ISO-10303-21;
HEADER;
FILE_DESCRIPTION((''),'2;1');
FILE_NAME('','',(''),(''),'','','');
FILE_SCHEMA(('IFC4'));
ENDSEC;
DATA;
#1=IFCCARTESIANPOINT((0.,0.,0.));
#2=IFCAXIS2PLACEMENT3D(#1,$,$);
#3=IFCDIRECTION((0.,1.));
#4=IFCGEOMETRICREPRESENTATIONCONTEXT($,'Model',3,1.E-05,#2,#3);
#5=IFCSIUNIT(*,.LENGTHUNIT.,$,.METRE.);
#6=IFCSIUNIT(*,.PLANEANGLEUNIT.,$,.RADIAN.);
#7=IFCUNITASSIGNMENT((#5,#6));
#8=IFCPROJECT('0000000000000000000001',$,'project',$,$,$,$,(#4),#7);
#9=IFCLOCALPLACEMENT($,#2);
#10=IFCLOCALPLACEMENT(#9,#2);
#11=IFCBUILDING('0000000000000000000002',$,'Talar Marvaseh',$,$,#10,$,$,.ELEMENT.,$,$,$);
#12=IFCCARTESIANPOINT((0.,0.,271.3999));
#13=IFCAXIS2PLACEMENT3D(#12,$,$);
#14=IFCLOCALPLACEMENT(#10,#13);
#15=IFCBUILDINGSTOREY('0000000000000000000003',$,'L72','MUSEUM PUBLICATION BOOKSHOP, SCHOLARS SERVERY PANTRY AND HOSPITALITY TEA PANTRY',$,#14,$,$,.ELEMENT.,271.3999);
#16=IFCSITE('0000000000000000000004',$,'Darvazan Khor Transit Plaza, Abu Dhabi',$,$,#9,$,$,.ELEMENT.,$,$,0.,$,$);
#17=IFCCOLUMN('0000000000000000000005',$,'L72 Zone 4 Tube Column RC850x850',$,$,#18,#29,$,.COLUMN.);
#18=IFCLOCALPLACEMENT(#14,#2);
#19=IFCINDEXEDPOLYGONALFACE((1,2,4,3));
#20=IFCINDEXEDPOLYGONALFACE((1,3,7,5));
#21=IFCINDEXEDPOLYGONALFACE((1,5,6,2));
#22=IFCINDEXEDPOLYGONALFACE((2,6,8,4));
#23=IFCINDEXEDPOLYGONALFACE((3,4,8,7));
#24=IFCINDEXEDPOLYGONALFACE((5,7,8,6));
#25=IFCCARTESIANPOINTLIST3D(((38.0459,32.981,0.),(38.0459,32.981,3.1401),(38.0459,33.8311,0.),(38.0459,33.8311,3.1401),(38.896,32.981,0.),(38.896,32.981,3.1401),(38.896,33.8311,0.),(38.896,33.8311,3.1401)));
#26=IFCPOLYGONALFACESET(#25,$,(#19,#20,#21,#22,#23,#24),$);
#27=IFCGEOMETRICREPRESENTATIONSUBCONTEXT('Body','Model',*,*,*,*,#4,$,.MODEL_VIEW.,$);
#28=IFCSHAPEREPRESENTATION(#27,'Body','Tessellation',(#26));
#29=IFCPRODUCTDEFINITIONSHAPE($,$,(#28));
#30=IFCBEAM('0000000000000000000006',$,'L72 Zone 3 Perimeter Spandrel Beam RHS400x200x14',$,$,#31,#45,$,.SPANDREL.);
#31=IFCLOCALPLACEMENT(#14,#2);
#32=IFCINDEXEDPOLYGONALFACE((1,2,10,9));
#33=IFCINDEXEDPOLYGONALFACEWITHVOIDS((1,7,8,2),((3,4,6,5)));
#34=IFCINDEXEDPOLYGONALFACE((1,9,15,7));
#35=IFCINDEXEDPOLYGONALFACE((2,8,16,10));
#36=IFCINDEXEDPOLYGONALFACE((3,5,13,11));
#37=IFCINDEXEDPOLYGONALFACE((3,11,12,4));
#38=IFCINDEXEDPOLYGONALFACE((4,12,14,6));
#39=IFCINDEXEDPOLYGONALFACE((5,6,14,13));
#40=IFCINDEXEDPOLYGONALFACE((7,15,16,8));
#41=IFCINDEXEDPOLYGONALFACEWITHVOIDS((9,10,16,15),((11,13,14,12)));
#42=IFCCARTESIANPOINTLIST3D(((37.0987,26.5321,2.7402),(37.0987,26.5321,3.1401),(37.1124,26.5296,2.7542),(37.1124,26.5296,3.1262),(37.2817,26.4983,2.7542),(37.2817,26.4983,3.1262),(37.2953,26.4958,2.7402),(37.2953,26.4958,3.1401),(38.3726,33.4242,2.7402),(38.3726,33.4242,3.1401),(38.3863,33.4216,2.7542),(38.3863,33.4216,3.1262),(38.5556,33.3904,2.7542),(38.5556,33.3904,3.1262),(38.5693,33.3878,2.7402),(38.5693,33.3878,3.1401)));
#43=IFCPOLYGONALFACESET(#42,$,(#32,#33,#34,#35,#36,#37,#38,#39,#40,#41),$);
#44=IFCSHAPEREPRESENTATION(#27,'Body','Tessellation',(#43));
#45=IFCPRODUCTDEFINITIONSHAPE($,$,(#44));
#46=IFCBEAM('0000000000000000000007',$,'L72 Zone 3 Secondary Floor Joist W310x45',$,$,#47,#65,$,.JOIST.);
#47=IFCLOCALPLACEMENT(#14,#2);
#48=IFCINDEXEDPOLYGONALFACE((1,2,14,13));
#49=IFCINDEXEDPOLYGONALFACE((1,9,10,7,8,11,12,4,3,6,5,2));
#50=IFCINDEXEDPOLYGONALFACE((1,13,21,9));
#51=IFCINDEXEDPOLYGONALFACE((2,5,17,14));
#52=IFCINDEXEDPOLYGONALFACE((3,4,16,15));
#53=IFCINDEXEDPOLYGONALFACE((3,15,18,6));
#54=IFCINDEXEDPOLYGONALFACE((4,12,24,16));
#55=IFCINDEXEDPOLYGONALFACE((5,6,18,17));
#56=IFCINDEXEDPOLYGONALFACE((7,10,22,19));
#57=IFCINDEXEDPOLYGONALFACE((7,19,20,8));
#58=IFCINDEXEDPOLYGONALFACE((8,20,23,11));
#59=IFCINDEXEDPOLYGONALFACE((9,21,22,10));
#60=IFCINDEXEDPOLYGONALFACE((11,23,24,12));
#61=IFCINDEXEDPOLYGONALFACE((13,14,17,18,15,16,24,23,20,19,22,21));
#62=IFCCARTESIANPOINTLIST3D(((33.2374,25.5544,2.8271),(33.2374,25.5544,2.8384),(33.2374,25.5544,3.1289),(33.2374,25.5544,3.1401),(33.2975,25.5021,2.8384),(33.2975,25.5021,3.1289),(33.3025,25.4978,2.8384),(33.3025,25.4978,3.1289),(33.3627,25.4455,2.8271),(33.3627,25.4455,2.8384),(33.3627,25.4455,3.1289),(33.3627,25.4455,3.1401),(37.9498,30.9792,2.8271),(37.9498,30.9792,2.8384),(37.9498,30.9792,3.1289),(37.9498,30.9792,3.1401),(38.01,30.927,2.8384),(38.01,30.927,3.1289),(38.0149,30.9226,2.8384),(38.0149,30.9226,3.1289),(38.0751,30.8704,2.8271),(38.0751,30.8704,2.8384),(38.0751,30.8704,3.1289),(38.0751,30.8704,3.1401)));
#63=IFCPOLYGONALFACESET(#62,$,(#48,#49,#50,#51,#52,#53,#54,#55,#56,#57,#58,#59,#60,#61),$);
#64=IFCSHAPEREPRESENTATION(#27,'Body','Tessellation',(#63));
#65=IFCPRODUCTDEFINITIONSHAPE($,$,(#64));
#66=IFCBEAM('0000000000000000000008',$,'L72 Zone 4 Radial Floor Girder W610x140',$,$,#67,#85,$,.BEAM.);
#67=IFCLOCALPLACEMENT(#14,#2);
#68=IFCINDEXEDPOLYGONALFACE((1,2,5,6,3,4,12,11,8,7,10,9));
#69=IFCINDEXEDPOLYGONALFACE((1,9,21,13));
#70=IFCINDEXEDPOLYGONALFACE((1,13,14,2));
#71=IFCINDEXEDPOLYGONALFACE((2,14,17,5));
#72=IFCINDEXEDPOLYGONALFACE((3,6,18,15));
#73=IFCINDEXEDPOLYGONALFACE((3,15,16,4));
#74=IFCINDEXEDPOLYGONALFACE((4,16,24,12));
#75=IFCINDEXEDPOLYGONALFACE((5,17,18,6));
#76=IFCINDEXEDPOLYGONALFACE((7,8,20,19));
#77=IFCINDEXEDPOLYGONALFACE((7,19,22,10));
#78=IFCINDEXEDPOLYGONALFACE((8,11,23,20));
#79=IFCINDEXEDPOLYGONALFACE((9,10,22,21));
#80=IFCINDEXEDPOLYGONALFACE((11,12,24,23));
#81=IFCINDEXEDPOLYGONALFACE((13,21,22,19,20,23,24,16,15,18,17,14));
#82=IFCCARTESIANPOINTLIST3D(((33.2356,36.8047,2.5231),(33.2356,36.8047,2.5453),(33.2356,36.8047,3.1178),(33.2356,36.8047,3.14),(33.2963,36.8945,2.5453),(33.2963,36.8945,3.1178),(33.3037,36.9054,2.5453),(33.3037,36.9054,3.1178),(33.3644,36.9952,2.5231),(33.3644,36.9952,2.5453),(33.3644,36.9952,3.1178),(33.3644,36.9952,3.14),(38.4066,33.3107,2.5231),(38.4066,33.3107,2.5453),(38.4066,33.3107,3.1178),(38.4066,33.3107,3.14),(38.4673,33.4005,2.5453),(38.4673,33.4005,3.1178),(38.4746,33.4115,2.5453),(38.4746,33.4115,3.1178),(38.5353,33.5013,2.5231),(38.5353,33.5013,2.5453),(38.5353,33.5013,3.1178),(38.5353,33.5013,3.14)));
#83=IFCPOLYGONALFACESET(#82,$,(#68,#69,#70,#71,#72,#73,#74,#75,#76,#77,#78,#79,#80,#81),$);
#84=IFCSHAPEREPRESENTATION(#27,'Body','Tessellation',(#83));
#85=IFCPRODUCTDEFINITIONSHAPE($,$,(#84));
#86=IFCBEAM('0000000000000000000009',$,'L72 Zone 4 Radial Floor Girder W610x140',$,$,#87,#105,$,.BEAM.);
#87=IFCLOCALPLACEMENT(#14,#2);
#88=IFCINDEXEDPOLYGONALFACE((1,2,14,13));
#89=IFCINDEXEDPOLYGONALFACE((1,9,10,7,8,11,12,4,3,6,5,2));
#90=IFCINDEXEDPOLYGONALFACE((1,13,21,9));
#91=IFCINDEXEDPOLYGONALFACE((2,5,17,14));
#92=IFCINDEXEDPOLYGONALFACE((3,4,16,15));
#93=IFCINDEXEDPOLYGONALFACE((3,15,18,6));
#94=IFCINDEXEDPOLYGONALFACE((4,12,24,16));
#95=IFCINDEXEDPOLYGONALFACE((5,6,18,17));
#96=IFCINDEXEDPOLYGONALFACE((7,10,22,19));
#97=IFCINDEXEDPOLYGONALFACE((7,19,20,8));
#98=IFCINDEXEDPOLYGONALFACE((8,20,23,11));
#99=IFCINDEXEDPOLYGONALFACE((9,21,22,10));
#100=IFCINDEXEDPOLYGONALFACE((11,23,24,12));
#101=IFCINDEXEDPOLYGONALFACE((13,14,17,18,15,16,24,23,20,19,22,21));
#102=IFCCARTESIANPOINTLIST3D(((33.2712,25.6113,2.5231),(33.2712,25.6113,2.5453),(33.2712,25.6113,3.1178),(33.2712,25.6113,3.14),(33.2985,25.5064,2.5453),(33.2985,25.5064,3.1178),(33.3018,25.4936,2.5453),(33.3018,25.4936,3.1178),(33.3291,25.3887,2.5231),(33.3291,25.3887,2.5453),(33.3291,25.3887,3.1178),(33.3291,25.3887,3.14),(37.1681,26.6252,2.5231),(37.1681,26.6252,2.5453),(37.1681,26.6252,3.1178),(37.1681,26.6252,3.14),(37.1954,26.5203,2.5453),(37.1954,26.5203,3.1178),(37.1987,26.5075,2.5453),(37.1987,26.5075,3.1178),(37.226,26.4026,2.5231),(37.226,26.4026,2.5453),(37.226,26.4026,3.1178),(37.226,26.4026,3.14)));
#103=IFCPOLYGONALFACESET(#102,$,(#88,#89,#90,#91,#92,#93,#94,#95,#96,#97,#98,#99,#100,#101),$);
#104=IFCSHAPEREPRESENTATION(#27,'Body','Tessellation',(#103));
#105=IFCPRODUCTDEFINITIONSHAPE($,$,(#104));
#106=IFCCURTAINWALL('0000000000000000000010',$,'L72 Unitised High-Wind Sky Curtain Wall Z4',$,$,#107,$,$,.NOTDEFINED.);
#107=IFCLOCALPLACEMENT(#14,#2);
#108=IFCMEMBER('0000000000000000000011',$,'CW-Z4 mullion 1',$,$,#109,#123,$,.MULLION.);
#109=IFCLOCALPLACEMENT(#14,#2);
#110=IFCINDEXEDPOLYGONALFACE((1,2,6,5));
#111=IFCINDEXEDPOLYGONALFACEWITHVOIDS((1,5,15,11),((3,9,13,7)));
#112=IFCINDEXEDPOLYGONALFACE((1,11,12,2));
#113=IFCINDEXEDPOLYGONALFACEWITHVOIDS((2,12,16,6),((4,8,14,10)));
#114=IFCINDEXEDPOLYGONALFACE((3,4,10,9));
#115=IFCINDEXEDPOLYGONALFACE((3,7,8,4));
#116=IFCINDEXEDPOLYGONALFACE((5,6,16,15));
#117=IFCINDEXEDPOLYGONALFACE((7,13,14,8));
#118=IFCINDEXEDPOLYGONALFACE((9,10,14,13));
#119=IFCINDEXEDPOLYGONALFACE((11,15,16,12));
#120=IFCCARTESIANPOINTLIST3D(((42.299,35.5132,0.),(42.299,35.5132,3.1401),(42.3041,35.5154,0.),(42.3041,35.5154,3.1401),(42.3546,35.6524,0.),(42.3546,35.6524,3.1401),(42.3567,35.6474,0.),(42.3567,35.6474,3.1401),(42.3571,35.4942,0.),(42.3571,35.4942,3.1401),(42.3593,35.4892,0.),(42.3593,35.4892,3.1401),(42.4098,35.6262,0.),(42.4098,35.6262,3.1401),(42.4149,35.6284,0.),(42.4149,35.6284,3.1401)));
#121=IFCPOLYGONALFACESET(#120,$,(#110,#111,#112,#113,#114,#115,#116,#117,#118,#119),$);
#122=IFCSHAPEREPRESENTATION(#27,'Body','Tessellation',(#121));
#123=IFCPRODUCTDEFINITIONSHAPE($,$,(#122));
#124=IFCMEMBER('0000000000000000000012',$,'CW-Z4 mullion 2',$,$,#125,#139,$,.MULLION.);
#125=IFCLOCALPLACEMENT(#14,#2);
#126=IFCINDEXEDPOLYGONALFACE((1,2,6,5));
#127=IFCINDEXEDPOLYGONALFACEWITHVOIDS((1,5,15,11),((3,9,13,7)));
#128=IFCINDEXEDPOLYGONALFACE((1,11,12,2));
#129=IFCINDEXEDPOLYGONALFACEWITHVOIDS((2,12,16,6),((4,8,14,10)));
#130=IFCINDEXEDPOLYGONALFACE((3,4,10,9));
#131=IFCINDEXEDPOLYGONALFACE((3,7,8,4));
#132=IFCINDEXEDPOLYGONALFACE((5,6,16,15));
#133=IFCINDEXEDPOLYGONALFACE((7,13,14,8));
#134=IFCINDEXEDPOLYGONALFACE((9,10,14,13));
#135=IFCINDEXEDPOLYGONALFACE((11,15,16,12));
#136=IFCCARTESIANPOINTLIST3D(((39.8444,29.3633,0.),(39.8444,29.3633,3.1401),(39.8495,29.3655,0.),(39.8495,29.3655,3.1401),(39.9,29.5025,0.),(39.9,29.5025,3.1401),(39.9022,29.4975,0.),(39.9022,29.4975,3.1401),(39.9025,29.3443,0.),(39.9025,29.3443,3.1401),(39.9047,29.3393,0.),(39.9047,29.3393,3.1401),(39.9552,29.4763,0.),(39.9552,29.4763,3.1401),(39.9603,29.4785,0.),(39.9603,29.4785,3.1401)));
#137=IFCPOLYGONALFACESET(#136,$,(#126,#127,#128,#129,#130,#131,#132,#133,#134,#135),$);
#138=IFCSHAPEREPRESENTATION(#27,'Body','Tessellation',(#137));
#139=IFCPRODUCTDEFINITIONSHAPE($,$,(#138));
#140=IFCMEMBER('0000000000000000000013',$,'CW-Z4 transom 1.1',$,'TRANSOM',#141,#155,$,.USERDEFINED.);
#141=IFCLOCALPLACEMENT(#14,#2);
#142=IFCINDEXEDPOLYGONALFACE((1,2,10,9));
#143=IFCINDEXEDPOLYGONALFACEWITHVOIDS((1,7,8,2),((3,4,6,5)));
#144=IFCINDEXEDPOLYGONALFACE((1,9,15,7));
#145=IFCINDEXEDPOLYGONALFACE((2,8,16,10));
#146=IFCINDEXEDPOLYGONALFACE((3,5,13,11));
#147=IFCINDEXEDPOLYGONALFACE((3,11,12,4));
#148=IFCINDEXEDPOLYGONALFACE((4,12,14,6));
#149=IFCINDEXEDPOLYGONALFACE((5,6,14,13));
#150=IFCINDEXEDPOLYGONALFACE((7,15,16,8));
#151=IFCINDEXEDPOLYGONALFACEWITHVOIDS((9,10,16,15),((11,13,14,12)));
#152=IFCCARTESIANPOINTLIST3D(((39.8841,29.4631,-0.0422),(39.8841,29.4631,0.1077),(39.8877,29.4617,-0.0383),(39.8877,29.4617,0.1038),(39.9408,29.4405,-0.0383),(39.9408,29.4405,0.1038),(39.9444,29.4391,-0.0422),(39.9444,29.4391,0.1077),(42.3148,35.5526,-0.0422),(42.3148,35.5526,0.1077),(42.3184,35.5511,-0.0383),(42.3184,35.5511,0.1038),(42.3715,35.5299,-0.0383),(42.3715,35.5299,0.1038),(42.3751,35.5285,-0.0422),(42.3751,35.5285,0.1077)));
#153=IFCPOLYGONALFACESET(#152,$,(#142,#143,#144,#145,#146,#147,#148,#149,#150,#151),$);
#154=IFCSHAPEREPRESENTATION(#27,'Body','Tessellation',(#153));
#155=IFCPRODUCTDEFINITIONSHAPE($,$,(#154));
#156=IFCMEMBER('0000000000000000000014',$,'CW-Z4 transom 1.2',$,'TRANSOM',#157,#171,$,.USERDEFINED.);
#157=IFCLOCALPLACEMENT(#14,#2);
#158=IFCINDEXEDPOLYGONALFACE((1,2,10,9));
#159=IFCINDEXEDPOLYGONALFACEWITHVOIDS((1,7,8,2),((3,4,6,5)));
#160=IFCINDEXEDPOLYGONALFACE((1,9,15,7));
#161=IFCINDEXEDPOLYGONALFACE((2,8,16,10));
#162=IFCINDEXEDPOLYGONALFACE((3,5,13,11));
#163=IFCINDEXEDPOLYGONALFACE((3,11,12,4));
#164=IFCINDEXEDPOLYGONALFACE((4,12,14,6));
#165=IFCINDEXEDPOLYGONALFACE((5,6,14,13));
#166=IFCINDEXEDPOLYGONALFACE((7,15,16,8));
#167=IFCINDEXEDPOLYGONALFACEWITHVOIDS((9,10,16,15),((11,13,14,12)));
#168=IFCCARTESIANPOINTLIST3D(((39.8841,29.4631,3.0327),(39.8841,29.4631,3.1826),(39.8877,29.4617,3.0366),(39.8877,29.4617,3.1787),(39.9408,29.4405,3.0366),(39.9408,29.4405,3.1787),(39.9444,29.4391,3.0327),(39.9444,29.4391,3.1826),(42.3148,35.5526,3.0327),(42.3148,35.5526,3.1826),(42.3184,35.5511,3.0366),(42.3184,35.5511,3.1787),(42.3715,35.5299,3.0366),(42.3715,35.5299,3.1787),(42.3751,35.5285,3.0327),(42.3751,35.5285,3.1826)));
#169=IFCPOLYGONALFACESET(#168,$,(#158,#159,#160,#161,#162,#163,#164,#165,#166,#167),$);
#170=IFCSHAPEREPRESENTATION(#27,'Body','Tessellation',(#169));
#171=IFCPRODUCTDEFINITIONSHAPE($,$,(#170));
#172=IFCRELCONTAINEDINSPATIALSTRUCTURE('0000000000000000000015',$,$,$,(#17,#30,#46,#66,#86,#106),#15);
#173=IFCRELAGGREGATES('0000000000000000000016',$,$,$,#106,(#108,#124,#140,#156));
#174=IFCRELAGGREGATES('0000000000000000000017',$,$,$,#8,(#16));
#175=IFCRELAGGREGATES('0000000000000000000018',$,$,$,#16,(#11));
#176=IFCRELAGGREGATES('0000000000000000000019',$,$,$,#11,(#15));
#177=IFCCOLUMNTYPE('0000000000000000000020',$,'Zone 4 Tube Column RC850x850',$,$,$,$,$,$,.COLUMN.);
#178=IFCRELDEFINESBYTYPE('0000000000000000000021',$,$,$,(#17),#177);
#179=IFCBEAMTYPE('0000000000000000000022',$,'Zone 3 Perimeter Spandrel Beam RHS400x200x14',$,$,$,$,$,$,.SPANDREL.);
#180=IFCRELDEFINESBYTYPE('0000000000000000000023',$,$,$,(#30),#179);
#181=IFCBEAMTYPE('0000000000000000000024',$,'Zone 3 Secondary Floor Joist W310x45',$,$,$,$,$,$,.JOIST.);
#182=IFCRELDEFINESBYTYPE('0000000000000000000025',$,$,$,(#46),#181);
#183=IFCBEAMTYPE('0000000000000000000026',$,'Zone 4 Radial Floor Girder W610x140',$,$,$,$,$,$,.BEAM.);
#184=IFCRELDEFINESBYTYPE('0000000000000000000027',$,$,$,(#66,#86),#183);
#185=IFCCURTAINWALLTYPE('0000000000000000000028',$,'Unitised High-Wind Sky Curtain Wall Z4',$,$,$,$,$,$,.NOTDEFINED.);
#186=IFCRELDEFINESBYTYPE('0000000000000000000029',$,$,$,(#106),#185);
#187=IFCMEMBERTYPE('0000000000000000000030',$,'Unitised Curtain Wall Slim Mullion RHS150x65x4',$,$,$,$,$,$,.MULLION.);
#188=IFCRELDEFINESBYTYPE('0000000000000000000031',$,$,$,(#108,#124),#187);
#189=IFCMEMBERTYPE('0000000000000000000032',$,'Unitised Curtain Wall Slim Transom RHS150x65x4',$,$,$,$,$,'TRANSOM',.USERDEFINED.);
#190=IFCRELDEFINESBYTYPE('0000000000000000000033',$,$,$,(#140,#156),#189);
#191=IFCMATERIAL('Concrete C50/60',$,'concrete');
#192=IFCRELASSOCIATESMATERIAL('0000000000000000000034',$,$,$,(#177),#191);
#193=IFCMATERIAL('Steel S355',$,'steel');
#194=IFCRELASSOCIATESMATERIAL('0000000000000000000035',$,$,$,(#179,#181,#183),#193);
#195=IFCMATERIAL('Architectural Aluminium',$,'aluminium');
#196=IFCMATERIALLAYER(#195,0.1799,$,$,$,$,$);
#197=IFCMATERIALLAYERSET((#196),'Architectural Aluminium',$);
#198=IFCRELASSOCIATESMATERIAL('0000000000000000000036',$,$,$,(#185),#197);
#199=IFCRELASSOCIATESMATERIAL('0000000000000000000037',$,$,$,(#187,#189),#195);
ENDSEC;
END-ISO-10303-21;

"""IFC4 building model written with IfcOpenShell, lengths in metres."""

from ifc_helpers import new_model, si_unit, direction, frame, origin, origin_2d, place, context, subcontext, project, spatial, rectangle, hollow_rectangle, i_section, extrude, source, transform, mapped, material, layer, layer_set, material_profile, profile_set, type_object, type_shapes, element, aggregate, save


model = new_model("IFC4")

# Units and contexts
model_context = context("Model", 3, precision=1e-05, world=origin(), true_north=direction((0.0, 1.0)))
body_context = subcontext(model_context, "Body", "Model", "MODEL_VIEW")
ifc_project = project(units=[si_unit("LENGTHUNIT", "METRE"), si_unit("PLANEANGLEUNIT", "RADIAN")], contexts=[model_context])

# Site, building, storey
site_placement = place(None, origin())
site = spatial("IfcSite", under=ifc_project, at=site_placement, Name="Darvazan Khor Transit Plaza, Abu Dhabi", CompositionType="ELEMENT", RefElevation=0.0)
building_placement = place(site_placement, origin())
building = spatial("IfcBuilding", under=site, at=building_placement, Name="Talar Marvaseh", CompositionType="ELEMENT")
storey_placement = place(building_placement, frame((0.0, 0.0, 271.3999)))
storey = spatial("IfcBuildingStorey", under=building, at=storey_placement, Name="L72", Description="MUSEUM PUBLICATION BOOKSHOP, SCHOLARS SERVERY PANTRY AND HOSPITALITY TEA PANTRY", CompositionType="ELEMENT", Elevation=271.3999)

# Column
ifc_material_1 = material(Name="Concrete C50/60", Category="concrete")
ifc_material_profile_1 = material_profile(ifc_material_1, rectangle(XDim=0.8501, YDim=0.8501, at=origin_2d()), Name="RC850x850")
ifc_profile_set_1 = profile_set([ifc_material_profile_1], Name="Concrete C50/60")
column_type = type_object("IfcColumnType", Name="Zone 4 Tube Column RC850x850", PredefinedType="COLUMN", material=ifc_profile_set_1)
column_placement = place(storey_placement, frame((38.4709, 33.406, 0.0), z_axis=(0.0, 0.0, 1.0), x_axis=(1.0, 0.0, 0.0)))
element("IfcColumn", 1, at=column_placement, inside=storey, type_object=column_type, Name="L72 Zone 4 Tube Column RC850x850", PredefinedType="COLUMN", context=body_context, shape_type="SweptSolid", body=[
    extrude(rectangle(XDim=0.8501, YDim=0.8501, at=origin_2d()), origin(), (0.0, 0.0, 1.0), 3.1401),
])

# Beams
ifc_material_2 = material(Name="Steel S355", Category="steel")
ifc_material_profile_2 = material_profile(ifc_material_2, hollow_rectangle(XDim=0.2, YDim=0.3999, WallThickness=0.0139, at=origin_2d()), Name="RHS400x200x14")
ifc_profile_set_2 = profile_set([ifc_material_profile_2], Name="Steel S355")
beam_type_1 = type_object("IfcBeamType", Name="Zone 3 Perimeter Spandrel Beam RHS400x200x14", PredefinedType="SPANDREL", material=ifc_profile_set_2)
beam_1_placement = place(storey_placement, frame((38.4709, 33.406, 2.9402), z_axis=(-0.18176, -0.983343, 0.0), x_axis=(0.983343, -0.18176, 0.0)))
element("IfcBeam", 2, at=beam_1_placement, inside=storey, type_object=beam_type_1, Name="L72 Zone 3 Perimeter Spandrel Beam RHS400x200x14", PredefinedType="SPANDREL", context=body_context, shape_type="SweptSolid", body=[
    extrude(hollow_rectangle(XDim=0.2, YDim=0.3999, WallThickness=0.0139, at=origin_2d()), origin(), (0.0, 0.0, 1.0), 7.0088),
])
ifc_material_profile_3 = material_profile(ifc_material_2, i_section(OverallWidth=0.166, OverallDepth=0.313, WebThickness=0.0066, FlangeThickness=0.0112, at=origin_2d()), Name="W310x45")
ifc_profile_set_3 = profile_set([ifc_material_profile_3], Name="Steel S355")
beam_type_2 = type_object("IfcBeamType", Name="Zone 3 Secondary Floor Joist W310x45", PredefinedType="JOIST", material=ifc_profile_set_3)
beam_2_placement = place(storey_placement, frame((38.0125, 30.9248, 2.9836), z_axis=(-0.655797, -0.754938, 0.0), x_axis=(0.754938, -0.655797, 0.0)))
element("IfcBeam", 3, at=beam_2_placement, inside=storey, type_object=beam_type_2, Name="L72 Zone 3 Secondary Floor Joist W310x45", PredefinedType="JOIST", context=body_context, shape_type="SweptSolid", body=[
    extrude(i_section(OverallWidth=0.166, OverallDepth=0.313, WebThickness=0.0066, FlangeThickness=0.0112, at=origin_2d()), origin(), (0.0, 0.0, 1.0), 7.1858),
])
ifc_material_profile_4 = material_profile(ifc_material_2, i_section(OverallWidth=0.23, OverallDepth=0.6169, WebThickness=0.0132, FlangeThickness=0.0222, at=origin_2d()), Name="W610x140")
ifc_profile_set_4 = profile_set([ifc_material_profile_4], Name="Steel S355")
beam_type_3 = type_object("IfcBeamType", Name="Zone 4 Radial Floor Girder W610x140", PredefinedType="BEAM", material=ifc_profile_set_4)
beam_3_placement = place(storey_placement, frame((38.4709, 33.406, 2.8315), z_axis=(-0.828586, 0.559862, 0.0), x_axis=(-0.559862, -0.828586, 0.0)))
element("IfcBeam", 4, at=beam_3_placement, inside=storey, type_object=beam_type_3, Name="L72 Zone 4 Radial Floor Girder W610x140", PredefinedType="BEAM", context=body_context, shape_type="SweptSolid", body=[
    extrude(i_section(OverallWidth=0.23, OverallDepth=0.6169, WebThickness=0.0132, FlangeThickness=0.0222, at=origin_2d()), origin(), (0.0, 0.0, 1.0), 6.2407),
])
beam_4_placement = place(storey_placement, frame((37.197, 26.5139, 2.8315), z_axis=(-0.96778, -0.251797, 0.0), x_axis=(0.251797, -0.96778, 0.0)))
element("IfcBeam", 5, at=beam_4_placement, inside=storey, type_object=beam_type_3, Name="L72 Zone 4 Radial Floor Girder W610x140", PredefinedType="BEAM", context=body_context, shape_type="SweptSolid", body=[
    extrude(i_section(OverallWidth=0.23, OverallDepth=0.6169, WebThickness=0.0132, FlangeThickness=0.0222, at=origin_2d()), origin(), (0.0, 0.0, 1.0), 4.0266),
])

# Curtain wall, members
ifc_material_3 = material(Name="Architectural Aluminium", Category="aluminium")
ifc_layer_1 = layer(ifc_material_3, 0.1799)
ifc_layer_set_1 = layer_set([ifc_layer_1], Name="Architectural Aluminium")
curtain_wall_type = type_object("IfcCurtainWallType", Name="Unitised High-Wind Sky Curtain Wall Z4", PredefinedType="NOTDEFINED", material=ifc_layer_set_1)
curtain_wall_placement = place(storey_placement, origin())
curtain_wall = element("IfcCurtainWall", 6, at=curtain_wall_placement, inside=storey, type_object=curtain_wall_type, Name="L72 Unitised High-Wind Sky Curtain Wall Z4", PredefinedType="NOTDEFINED")
ifc_material_profile_5 = material_profile(ifc_material_3, hollow_rectangle(XDim=0.0649, YDim=0.1499, WallThickness=0.0039, at=origin_2d()), Name="RHS150x65x4")
ifc_profile_set_5 = profile_set([ifc_material_profile_5], Name="Architectural Aluminium")
member_type_1 = type_object("IfcMemberType", Name="Unitised Curtain Wall Slim Mullion RHS150x65x4", PredefinedType="MULLION", material=ifc_profile_set_5)
shared_shape_1 = source(origin(), body_context, "Body", "SweptSolid", [
    extrude(hollow_rectangle(XDim=0.0649, YDim=0.1499, WallThickness=0.0039, at=origin_2d()), origin(), (0.0, 0.0, 1.0), 3.1401),
])
type_shapes(member_type_1, [shared_shape_1])
member_1_placement = place(storey_placement, frame((42.3569, 35.5708, 0.0), z_axis=(0.0, 0.0, 1.0), x_axis=(0.928754, -0.370697, 0.0)))
member_1 = element("IfcMember", 7, at=member_1_placement, type_object=member_type_1, Name="CW-Z4 mullion 1", PredefinedType="MULLION", context=body_context, shape_type="MappedRepresentation", body=[
    mapped(shared_shape_1, transform((0.0, 0.0, 0.0), x_axis=(1.0, 0.0, 0.0), y_axis=(0.0, 1.0, 0.0), z_axis=(0.0, 0.0, 1.0), scale=1.0)),
])
member_2_placement = place(storey_placement, frame((39.9023, 29.4209, 0.0), z_axis=(0.0, 0.0, 1.0), x_axis=(0.928754, -0.370697, 0.0)))
member_2 = element("IfcMember", 8, at=member_2_placement, type_object=member_type_1, Name="CW-Z4 mullion 2", PredefinedType="MULLION", context=body_context, shape_type="MappedRepresentation", body=[
    mapped(shared_shape_1, transform((0.0, 0.0, 0.0), x_axis=(1.0, 0.0, 0.0), y_axis=(0.0, 1.0, 0.0), z_axis=(0.0, 0.0, 1.0), scale=1.0)),
])
ifc_material_profile_6 = material_profile(ifc_material_3, hollow_rectangle(XDim=0.0649, YDim=0.1499, WallThickness=0.0039, at=origin_2d()), Name="RHS150x65x4")
ifc_profile_set_6 = profile_set([ifc_material_profile_6], Name="Architectural Aluminium")
member_type_2 = type_object("IfcMemberType", Name="Unitised Curtain Wall Slim Transom RHS150x65x4", ElementType="TRANSOM", PredefinedType="USERDEFINED", material=ifc_profile_set_6)
shared_shape_2 = source(origin(), body_context, "Body", "SweptSolid", [
    extrude(hollow_rectangle(XDim=0.0649, YDim=0.1499, WallThickness=0.0039, at=origin_2d()), origin(), (0.0, 0.0, 1.0), 6.5566),
])
type_shapes(member_type_2, [shared_shape_2])
member_3_placement = place(storey_placement, frame((42.345, 35.5405, 0.0327), z_axis=(-0.370723, -0.928744, 0.0), x_axis=(0.928744, -0.370723, 0.0)))
member_3 = element("IfcMember", 9, at=member_3_placement, type_object=member_type_2, Name="CW-Z4 transom 1.1", ObjectType="TRANSOM", PredefinedType="USERDEFINED", context=body_context, shape_type="MappedRepresentation", body=[
    mapped(shared_shape_2, transform((0.0, 0.0, 0.0), x_axis=(1.0, 0.0, 0.0), y_axis=(0.0, 1.0, 0.0), z_axis=(0.0, 0.0, 1.0), scale=1.0)),
])
member_4_placement = place(storey_placement, frame((42.345, 35.5405, 3.1077), z_axis=(-0.370723, -0.928744, 0.0), x_axis=(0.928744, -0.370723, 0.0)))
member_4 = element("IfcMember", 10, at=member_4_placement, type_object=member_type_2, Name="CW-Z4 transom 1.2", ObjectType="TRANSOM", PredefinedType="USERDEFINED", context=body_context, shape_type="MappedRepresentation", body=[
    mapped(shared_shape_2, transform((0.0, 0.0, 0.0), x_axis=(1.0, 0.0, 0.0), y_axis=(0.0, 1.0, 0.0), z_axis=(0.0, 0.0, 1.0), scale=1.0)),
])
aggregate(curtain_wall, [member_1, member_2, member_3, member_4])

save(model, "model.ifc")
